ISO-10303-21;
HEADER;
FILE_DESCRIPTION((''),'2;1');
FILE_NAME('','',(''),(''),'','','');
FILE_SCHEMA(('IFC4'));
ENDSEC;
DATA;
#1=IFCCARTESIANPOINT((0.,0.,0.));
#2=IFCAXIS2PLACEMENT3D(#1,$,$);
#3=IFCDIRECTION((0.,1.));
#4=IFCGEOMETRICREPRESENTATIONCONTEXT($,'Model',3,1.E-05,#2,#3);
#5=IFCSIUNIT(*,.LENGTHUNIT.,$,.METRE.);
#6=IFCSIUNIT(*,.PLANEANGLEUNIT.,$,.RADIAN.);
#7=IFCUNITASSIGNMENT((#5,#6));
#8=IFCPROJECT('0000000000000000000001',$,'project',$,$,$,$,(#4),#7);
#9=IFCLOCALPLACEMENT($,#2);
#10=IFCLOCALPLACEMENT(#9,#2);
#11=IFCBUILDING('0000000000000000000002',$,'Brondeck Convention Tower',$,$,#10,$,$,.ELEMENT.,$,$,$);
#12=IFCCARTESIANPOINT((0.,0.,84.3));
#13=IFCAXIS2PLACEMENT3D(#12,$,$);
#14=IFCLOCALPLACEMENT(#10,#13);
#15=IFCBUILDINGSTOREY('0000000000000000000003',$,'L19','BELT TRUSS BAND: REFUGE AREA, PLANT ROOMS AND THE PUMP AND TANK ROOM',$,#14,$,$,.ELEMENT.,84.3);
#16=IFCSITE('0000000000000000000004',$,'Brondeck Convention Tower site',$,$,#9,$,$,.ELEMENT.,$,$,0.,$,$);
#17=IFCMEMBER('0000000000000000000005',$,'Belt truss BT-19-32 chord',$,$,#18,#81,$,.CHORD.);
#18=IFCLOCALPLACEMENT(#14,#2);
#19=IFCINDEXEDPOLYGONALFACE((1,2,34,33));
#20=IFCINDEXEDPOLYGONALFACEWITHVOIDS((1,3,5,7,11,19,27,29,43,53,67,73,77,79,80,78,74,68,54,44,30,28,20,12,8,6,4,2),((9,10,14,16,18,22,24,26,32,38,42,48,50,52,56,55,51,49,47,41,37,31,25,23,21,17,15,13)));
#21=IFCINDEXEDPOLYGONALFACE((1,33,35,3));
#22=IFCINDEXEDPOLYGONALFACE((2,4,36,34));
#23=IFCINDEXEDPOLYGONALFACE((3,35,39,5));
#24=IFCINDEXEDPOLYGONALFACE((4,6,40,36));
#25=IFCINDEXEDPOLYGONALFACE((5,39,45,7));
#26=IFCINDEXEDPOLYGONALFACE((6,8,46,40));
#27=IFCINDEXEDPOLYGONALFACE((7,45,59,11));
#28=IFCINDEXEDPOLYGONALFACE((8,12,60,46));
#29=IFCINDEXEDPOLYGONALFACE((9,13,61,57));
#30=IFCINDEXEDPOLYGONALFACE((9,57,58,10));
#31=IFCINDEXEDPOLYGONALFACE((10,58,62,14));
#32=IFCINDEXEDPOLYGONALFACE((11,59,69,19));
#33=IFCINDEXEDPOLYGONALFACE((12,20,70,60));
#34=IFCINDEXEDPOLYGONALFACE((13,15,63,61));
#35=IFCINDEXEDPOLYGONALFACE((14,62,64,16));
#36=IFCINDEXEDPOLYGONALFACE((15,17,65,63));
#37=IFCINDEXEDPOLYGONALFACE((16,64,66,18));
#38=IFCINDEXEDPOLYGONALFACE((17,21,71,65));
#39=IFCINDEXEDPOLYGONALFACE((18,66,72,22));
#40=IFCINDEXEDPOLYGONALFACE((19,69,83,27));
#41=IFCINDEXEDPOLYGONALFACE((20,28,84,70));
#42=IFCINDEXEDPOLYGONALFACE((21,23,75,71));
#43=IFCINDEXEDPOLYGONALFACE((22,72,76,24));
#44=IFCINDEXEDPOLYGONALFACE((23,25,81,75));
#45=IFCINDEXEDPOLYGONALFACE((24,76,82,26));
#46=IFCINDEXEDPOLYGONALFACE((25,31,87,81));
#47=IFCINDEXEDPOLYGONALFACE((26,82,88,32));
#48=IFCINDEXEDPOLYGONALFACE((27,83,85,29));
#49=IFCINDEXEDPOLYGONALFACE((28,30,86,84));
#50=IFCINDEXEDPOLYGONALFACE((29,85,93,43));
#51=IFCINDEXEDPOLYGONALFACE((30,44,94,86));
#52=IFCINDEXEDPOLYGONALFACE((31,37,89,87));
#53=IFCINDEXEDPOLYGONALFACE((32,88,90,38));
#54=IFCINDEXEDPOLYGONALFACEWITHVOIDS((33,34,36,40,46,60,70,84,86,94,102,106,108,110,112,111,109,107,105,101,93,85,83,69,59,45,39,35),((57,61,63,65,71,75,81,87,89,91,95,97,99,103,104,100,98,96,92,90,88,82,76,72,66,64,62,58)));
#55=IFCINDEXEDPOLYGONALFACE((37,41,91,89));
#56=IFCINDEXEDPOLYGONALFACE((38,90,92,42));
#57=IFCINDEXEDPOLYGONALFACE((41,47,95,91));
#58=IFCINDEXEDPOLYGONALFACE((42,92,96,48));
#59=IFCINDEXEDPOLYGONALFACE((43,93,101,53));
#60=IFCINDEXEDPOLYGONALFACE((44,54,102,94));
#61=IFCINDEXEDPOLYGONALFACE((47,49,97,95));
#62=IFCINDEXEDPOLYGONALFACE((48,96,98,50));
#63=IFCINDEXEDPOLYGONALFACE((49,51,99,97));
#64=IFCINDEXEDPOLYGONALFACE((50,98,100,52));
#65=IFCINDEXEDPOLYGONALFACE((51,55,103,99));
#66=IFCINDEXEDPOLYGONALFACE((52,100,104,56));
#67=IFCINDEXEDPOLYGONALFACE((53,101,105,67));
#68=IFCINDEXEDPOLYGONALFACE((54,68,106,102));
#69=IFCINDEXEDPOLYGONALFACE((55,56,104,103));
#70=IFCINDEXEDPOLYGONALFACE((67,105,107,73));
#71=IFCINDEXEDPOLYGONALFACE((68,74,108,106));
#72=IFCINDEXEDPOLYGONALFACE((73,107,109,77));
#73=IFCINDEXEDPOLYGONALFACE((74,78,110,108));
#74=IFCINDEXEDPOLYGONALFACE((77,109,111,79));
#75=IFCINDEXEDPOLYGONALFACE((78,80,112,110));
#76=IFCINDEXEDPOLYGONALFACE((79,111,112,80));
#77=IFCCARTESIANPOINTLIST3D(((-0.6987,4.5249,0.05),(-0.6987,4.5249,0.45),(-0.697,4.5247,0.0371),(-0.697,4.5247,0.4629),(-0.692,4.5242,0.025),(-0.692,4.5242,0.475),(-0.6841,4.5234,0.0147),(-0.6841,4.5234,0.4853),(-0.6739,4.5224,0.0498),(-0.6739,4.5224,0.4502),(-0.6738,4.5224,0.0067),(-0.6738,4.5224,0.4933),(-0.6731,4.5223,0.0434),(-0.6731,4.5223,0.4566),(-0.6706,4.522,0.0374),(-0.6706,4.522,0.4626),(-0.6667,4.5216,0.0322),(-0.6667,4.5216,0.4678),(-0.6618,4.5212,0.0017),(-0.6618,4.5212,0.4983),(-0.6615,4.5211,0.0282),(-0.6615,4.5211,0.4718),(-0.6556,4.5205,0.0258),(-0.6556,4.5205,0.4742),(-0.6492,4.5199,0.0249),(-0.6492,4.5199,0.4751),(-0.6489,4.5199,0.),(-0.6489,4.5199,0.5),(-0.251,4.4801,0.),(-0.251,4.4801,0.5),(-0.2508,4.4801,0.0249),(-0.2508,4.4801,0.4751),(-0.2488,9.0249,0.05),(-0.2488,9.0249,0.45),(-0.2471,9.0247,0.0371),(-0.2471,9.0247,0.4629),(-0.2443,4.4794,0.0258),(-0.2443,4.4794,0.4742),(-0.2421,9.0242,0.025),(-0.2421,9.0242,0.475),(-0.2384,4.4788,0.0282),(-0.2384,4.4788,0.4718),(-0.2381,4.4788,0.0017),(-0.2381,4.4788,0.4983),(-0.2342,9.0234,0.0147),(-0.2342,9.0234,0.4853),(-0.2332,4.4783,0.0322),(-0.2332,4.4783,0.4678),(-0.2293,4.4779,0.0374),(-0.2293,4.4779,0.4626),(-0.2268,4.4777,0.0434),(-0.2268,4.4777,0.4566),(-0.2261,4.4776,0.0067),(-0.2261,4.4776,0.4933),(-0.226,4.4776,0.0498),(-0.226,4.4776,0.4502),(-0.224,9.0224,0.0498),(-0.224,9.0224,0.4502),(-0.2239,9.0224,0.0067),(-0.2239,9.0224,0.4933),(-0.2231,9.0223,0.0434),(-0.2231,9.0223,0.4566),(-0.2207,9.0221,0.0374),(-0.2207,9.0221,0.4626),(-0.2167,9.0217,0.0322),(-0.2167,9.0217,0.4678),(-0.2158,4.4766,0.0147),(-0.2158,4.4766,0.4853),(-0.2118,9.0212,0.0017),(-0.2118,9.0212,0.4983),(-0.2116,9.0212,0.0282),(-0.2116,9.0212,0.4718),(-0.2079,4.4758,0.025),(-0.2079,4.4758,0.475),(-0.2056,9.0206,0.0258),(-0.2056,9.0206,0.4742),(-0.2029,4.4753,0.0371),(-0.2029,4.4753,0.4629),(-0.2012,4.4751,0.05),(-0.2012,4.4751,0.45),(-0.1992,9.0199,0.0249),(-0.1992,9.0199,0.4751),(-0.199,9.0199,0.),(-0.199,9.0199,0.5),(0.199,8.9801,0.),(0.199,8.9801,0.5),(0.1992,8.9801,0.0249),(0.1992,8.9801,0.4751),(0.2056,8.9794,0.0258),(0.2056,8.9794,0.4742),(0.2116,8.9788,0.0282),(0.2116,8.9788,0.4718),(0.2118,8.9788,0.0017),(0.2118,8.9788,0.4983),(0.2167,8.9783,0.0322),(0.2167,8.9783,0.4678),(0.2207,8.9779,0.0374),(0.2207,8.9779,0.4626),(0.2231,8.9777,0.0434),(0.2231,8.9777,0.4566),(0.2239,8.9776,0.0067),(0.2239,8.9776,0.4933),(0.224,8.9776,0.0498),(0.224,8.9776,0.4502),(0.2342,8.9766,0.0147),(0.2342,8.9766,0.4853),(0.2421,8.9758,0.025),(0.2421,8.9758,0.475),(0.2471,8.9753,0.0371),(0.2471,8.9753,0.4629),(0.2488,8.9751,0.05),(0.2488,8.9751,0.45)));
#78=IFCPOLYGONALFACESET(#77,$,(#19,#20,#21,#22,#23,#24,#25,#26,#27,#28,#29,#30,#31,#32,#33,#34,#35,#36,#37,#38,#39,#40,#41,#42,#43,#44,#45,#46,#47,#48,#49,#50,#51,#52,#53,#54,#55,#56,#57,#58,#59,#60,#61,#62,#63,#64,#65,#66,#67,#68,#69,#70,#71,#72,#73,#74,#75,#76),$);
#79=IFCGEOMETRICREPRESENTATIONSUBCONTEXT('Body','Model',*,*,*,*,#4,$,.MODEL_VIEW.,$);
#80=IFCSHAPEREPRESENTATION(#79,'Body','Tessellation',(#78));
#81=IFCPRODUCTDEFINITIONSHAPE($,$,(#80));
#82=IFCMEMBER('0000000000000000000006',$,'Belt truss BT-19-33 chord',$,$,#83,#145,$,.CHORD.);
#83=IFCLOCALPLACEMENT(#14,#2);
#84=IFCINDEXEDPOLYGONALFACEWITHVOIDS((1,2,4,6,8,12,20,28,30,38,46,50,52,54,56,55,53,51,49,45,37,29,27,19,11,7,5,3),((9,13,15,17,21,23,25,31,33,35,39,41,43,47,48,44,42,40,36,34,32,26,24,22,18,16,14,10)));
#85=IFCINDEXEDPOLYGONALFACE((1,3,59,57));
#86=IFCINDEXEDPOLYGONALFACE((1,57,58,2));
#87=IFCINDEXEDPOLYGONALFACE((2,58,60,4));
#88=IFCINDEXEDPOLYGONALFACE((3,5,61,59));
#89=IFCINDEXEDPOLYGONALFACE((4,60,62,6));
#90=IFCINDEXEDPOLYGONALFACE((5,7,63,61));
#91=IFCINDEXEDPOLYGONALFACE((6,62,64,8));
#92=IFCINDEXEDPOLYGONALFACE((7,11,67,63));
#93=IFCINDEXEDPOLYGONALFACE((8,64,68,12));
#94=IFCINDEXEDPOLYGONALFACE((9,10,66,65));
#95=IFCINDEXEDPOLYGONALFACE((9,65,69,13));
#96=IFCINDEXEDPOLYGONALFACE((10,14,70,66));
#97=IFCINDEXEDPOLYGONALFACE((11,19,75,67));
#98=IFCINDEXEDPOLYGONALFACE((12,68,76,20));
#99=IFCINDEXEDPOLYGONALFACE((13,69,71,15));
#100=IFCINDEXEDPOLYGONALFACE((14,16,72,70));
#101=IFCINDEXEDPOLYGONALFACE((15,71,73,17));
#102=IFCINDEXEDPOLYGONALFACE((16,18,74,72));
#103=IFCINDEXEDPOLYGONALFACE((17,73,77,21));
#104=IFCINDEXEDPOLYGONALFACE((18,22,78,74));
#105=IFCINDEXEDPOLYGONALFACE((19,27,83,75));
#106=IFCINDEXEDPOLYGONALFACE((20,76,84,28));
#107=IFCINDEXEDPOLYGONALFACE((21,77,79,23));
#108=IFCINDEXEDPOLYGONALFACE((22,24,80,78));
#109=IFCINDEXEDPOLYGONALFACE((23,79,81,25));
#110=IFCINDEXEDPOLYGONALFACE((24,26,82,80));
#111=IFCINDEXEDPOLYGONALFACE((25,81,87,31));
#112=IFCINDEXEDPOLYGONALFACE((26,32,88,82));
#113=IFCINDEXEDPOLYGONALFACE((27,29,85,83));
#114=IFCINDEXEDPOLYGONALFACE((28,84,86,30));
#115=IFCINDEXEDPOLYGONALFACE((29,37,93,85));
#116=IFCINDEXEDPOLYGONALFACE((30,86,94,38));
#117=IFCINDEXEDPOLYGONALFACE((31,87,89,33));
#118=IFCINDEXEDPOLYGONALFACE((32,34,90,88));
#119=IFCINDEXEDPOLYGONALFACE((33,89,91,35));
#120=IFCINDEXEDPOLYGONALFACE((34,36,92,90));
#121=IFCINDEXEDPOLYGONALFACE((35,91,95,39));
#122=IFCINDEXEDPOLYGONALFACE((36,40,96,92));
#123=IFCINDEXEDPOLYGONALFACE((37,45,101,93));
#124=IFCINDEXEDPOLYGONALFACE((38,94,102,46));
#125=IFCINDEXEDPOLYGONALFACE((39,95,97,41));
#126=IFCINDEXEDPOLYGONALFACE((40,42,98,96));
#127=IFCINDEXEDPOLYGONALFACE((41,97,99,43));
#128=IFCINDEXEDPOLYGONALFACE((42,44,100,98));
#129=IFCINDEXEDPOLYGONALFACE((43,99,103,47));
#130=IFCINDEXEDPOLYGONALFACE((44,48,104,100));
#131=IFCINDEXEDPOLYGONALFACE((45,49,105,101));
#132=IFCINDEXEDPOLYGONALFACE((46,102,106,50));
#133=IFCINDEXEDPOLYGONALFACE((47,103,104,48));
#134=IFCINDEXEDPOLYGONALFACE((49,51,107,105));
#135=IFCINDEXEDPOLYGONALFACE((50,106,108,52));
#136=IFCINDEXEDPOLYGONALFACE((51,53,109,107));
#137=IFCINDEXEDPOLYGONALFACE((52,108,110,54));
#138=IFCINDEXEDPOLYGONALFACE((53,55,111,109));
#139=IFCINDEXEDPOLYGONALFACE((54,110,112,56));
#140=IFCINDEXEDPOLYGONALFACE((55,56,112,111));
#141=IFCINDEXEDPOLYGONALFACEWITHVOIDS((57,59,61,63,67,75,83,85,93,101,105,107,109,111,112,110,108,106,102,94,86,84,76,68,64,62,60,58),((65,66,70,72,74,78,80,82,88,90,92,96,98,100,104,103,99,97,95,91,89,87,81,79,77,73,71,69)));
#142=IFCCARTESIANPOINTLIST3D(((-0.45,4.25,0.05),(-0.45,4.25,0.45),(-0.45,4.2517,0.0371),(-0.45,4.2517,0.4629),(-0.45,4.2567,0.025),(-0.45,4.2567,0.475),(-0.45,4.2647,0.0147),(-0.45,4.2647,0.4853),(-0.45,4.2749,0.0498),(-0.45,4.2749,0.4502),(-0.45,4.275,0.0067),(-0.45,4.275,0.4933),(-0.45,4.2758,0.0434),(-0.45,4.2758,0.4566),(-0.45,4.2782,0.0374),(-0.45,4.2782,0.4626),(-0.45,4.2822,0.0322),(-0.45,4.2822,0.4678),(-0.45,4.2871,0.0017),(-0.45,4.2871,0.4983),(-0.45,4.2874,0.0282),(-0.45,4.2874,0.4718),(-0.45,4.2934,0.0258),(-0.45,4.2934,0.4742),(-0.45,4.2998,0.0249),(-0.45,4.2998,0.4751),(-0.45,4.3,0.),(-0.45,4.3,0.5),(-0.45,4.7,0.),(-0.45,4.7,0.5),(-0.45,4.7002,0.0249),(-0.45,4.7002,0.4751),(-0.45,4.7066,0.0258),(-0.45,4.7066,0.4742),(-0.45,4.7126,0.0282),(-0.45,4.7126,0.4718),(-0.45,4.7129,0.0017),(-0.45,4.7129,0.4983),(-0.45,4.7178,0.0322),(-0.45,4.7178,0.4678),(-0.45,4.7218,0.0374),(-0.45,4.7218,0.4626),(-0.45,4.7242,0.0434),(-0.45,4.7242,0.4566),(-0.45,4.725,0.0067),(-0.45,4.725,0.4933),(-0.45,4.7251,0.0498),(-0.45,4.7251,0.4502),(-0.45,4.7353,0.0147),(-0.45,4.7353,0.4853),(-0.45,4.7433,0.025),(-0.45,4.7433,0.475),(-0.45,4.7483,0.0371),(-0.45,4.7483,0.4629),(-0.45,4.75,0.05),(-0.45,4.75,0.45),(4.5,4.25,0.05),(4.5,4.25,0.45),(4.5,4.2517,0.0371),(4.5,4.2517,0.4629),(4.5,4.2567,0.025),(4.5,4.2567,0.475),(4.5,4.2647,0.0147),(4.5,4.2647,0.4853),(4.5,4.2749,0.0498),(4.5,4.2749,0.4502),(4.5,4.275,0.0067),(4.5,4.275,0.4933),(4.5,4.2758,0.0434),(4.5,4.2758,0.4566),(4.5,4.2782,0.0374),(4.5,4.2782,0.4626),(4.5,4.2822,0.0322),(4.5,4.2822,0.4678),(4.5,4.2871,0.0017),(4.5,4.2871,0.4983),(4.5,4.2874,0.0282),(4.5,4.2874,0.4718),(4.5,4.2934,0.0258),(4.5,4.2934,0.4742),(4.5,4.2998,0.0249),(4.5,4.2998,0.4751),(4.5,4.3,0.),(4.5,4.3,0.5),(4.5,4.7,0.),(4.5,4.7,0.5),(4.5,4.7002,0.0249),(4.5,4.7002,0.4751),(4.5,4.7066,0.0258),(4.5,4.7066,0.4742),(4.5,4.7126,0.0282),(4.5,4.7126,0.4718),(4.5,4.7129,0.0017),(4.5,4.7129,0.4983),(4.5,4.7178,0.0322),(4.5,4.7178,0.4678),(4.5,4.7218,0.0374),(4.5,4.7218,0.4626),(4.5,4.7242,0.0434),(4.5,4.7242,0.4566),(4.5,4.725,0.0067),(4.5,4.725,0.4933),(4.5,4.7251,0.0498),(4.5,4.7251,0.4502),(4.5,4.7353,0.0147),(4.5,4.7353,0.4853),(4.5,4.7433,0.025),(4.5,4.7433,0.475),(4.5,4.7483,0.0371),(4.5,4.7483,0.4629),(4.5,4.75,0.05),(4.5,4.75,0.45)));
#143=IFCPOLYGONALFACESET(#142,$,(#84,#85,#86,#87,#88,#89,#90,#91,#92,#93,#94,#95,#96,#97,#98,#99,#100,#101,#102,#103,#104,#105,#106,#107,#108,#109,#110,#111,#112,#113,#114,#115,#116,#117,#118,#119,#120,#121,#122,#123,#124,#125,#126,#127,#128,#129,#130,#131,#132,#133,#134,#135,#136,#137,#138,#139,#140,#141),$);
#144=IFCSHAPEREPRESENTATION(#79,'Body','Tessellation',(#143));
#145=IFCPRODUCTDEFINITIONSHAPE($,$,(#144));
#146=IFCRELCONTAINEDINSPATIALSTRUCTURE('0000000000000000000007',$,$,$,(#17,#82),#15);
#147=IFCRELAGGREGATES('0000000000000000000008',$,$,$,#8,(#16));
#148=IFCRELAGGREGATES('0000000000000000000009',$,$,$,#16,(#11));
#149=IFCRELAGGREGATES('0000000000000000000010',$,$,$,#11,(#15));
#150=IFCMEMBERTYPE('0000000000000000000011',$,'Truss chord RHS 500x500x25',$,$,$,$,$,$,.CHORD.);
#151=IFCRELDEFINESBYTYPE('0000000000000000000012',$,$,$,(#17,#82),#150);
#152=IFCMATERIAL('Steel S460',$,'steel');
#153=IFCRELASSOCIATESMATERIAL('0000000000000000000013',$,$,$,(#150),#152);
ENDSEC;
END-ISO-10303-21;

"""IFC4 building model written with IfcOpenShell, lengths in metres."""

from ifc_helpers import new_model, si_unit, direction, frame, origin, origin_2d, place, context, subcontext, project, spatial, hollow_rectangle, extrude, material, material_profile, profile_set, type_object, element, save


model = new_model("IFC4")

# Units and contexts
model_context = context("Model", 3, precision=1e-05, world=origin(), true_north=direction((0.0, 1.0)))
body_context = subcontext(model_context, "Body", "Model", "MODEL_VIEW")
ifc_project = project(units=[si_unit("LENGTHUNIT", "METRE"), si_unit("PLANEANGLEUNIT", "RADIAN")], contexts=[model_context])

# Site, building, storey
site_placement = place(None, origin())
site = spatial("IfcSite", under=ifc_project, at=site_placement, Name="Brondeck Convention Tower site", CompositionType="ELEMENT", RefElevation=0.0)
building_placement = place(site_placement, origin())
building = spatial("IfcBuilding", under=site, at=building_placement, Name="Brondeck Convention Tower", CompositionType="ELEMENT")
storey_placement = place(building_placement, frame((0.0, 0.0, 84.3)))
storey = spatial("IfcBuildingStorey", under=building, at=storey_placement, Name="L19", Description="BELT TRUSS BAND: REFUGE AREA, PLANT ROOMS AND THE PUMP AND TANK ROOM", CompositionType="ELEMENT", Elevation=84.3)

# Shared definitions
ifc_material_1 = material(Name="Steel S460", Category="steel")

# Members
ifc_material_profile_1 = material_profile(ifc_material_1, hollow_rectangle(XDim=0.5, YDim=0.5, WallThickness=0.0249, InnerFilletRadius=0.0249, OuterFilletRadius=0.05, at=origin_2d()), Name="RHS 500x500x25")
ifc_profile_set_1 = profile_set([ifc_material_profile_1], Name="Steel S460")
member_type_1 = type_object("IfcMemberType", Name="Truss chord RHS 500x500x25", PredefinedType="CHORD", material=ifc_profile_set_1)
member_1_placement = place(storey_placement, frame((0.0, 9.0, 0.25), z_axis=(-0.099493, -0.995038, 0.0), x_axis=(0.995038, -0.099493, 0.0)))
element("IfcMember", 1, at=member_1_placement, inside=storey, type_object=member_type_1, Name="Belt truss BT-19-32 chord", PredefinedType="CHORD", context=body_context, shape_type="SweptSolid", body=[
    extrude(hollow_rectangle(XDim=0.5, YDim=0.5, WallThickness=0.0249, InnerFilletRadius=0.0249, OuterFilletRadius=0.05, at=origin_2d()), origin(), (0.0, 0.0, 1.0), 4.5225),
])
member_2_placement = place(storey_placement, frame((-0.45, 4.5, 0.25), z_axis=(1.0, 0.0, 0.0), x_axis=(0.0, 1.0, 0.0)))
element("IfcMember", 2, at=member_2_placement, inside=storey, type_object=member_type_1, Name="Belt truss BT-19-33 chord", PredefinedType="CHORD", context=body_context, shape_type="SweptSolid", body=[
    extrude(hollow_rectangle(XDim=0.5, YDim=0.5, WallThickness=0.0249, InnerFilletRadius=0.0249, OuterFilletRadius=0.05, at=origin_2d()), origin(), (0.0, 0.0, 1.0), 4.95),
])

save(model, "model.ifc")
